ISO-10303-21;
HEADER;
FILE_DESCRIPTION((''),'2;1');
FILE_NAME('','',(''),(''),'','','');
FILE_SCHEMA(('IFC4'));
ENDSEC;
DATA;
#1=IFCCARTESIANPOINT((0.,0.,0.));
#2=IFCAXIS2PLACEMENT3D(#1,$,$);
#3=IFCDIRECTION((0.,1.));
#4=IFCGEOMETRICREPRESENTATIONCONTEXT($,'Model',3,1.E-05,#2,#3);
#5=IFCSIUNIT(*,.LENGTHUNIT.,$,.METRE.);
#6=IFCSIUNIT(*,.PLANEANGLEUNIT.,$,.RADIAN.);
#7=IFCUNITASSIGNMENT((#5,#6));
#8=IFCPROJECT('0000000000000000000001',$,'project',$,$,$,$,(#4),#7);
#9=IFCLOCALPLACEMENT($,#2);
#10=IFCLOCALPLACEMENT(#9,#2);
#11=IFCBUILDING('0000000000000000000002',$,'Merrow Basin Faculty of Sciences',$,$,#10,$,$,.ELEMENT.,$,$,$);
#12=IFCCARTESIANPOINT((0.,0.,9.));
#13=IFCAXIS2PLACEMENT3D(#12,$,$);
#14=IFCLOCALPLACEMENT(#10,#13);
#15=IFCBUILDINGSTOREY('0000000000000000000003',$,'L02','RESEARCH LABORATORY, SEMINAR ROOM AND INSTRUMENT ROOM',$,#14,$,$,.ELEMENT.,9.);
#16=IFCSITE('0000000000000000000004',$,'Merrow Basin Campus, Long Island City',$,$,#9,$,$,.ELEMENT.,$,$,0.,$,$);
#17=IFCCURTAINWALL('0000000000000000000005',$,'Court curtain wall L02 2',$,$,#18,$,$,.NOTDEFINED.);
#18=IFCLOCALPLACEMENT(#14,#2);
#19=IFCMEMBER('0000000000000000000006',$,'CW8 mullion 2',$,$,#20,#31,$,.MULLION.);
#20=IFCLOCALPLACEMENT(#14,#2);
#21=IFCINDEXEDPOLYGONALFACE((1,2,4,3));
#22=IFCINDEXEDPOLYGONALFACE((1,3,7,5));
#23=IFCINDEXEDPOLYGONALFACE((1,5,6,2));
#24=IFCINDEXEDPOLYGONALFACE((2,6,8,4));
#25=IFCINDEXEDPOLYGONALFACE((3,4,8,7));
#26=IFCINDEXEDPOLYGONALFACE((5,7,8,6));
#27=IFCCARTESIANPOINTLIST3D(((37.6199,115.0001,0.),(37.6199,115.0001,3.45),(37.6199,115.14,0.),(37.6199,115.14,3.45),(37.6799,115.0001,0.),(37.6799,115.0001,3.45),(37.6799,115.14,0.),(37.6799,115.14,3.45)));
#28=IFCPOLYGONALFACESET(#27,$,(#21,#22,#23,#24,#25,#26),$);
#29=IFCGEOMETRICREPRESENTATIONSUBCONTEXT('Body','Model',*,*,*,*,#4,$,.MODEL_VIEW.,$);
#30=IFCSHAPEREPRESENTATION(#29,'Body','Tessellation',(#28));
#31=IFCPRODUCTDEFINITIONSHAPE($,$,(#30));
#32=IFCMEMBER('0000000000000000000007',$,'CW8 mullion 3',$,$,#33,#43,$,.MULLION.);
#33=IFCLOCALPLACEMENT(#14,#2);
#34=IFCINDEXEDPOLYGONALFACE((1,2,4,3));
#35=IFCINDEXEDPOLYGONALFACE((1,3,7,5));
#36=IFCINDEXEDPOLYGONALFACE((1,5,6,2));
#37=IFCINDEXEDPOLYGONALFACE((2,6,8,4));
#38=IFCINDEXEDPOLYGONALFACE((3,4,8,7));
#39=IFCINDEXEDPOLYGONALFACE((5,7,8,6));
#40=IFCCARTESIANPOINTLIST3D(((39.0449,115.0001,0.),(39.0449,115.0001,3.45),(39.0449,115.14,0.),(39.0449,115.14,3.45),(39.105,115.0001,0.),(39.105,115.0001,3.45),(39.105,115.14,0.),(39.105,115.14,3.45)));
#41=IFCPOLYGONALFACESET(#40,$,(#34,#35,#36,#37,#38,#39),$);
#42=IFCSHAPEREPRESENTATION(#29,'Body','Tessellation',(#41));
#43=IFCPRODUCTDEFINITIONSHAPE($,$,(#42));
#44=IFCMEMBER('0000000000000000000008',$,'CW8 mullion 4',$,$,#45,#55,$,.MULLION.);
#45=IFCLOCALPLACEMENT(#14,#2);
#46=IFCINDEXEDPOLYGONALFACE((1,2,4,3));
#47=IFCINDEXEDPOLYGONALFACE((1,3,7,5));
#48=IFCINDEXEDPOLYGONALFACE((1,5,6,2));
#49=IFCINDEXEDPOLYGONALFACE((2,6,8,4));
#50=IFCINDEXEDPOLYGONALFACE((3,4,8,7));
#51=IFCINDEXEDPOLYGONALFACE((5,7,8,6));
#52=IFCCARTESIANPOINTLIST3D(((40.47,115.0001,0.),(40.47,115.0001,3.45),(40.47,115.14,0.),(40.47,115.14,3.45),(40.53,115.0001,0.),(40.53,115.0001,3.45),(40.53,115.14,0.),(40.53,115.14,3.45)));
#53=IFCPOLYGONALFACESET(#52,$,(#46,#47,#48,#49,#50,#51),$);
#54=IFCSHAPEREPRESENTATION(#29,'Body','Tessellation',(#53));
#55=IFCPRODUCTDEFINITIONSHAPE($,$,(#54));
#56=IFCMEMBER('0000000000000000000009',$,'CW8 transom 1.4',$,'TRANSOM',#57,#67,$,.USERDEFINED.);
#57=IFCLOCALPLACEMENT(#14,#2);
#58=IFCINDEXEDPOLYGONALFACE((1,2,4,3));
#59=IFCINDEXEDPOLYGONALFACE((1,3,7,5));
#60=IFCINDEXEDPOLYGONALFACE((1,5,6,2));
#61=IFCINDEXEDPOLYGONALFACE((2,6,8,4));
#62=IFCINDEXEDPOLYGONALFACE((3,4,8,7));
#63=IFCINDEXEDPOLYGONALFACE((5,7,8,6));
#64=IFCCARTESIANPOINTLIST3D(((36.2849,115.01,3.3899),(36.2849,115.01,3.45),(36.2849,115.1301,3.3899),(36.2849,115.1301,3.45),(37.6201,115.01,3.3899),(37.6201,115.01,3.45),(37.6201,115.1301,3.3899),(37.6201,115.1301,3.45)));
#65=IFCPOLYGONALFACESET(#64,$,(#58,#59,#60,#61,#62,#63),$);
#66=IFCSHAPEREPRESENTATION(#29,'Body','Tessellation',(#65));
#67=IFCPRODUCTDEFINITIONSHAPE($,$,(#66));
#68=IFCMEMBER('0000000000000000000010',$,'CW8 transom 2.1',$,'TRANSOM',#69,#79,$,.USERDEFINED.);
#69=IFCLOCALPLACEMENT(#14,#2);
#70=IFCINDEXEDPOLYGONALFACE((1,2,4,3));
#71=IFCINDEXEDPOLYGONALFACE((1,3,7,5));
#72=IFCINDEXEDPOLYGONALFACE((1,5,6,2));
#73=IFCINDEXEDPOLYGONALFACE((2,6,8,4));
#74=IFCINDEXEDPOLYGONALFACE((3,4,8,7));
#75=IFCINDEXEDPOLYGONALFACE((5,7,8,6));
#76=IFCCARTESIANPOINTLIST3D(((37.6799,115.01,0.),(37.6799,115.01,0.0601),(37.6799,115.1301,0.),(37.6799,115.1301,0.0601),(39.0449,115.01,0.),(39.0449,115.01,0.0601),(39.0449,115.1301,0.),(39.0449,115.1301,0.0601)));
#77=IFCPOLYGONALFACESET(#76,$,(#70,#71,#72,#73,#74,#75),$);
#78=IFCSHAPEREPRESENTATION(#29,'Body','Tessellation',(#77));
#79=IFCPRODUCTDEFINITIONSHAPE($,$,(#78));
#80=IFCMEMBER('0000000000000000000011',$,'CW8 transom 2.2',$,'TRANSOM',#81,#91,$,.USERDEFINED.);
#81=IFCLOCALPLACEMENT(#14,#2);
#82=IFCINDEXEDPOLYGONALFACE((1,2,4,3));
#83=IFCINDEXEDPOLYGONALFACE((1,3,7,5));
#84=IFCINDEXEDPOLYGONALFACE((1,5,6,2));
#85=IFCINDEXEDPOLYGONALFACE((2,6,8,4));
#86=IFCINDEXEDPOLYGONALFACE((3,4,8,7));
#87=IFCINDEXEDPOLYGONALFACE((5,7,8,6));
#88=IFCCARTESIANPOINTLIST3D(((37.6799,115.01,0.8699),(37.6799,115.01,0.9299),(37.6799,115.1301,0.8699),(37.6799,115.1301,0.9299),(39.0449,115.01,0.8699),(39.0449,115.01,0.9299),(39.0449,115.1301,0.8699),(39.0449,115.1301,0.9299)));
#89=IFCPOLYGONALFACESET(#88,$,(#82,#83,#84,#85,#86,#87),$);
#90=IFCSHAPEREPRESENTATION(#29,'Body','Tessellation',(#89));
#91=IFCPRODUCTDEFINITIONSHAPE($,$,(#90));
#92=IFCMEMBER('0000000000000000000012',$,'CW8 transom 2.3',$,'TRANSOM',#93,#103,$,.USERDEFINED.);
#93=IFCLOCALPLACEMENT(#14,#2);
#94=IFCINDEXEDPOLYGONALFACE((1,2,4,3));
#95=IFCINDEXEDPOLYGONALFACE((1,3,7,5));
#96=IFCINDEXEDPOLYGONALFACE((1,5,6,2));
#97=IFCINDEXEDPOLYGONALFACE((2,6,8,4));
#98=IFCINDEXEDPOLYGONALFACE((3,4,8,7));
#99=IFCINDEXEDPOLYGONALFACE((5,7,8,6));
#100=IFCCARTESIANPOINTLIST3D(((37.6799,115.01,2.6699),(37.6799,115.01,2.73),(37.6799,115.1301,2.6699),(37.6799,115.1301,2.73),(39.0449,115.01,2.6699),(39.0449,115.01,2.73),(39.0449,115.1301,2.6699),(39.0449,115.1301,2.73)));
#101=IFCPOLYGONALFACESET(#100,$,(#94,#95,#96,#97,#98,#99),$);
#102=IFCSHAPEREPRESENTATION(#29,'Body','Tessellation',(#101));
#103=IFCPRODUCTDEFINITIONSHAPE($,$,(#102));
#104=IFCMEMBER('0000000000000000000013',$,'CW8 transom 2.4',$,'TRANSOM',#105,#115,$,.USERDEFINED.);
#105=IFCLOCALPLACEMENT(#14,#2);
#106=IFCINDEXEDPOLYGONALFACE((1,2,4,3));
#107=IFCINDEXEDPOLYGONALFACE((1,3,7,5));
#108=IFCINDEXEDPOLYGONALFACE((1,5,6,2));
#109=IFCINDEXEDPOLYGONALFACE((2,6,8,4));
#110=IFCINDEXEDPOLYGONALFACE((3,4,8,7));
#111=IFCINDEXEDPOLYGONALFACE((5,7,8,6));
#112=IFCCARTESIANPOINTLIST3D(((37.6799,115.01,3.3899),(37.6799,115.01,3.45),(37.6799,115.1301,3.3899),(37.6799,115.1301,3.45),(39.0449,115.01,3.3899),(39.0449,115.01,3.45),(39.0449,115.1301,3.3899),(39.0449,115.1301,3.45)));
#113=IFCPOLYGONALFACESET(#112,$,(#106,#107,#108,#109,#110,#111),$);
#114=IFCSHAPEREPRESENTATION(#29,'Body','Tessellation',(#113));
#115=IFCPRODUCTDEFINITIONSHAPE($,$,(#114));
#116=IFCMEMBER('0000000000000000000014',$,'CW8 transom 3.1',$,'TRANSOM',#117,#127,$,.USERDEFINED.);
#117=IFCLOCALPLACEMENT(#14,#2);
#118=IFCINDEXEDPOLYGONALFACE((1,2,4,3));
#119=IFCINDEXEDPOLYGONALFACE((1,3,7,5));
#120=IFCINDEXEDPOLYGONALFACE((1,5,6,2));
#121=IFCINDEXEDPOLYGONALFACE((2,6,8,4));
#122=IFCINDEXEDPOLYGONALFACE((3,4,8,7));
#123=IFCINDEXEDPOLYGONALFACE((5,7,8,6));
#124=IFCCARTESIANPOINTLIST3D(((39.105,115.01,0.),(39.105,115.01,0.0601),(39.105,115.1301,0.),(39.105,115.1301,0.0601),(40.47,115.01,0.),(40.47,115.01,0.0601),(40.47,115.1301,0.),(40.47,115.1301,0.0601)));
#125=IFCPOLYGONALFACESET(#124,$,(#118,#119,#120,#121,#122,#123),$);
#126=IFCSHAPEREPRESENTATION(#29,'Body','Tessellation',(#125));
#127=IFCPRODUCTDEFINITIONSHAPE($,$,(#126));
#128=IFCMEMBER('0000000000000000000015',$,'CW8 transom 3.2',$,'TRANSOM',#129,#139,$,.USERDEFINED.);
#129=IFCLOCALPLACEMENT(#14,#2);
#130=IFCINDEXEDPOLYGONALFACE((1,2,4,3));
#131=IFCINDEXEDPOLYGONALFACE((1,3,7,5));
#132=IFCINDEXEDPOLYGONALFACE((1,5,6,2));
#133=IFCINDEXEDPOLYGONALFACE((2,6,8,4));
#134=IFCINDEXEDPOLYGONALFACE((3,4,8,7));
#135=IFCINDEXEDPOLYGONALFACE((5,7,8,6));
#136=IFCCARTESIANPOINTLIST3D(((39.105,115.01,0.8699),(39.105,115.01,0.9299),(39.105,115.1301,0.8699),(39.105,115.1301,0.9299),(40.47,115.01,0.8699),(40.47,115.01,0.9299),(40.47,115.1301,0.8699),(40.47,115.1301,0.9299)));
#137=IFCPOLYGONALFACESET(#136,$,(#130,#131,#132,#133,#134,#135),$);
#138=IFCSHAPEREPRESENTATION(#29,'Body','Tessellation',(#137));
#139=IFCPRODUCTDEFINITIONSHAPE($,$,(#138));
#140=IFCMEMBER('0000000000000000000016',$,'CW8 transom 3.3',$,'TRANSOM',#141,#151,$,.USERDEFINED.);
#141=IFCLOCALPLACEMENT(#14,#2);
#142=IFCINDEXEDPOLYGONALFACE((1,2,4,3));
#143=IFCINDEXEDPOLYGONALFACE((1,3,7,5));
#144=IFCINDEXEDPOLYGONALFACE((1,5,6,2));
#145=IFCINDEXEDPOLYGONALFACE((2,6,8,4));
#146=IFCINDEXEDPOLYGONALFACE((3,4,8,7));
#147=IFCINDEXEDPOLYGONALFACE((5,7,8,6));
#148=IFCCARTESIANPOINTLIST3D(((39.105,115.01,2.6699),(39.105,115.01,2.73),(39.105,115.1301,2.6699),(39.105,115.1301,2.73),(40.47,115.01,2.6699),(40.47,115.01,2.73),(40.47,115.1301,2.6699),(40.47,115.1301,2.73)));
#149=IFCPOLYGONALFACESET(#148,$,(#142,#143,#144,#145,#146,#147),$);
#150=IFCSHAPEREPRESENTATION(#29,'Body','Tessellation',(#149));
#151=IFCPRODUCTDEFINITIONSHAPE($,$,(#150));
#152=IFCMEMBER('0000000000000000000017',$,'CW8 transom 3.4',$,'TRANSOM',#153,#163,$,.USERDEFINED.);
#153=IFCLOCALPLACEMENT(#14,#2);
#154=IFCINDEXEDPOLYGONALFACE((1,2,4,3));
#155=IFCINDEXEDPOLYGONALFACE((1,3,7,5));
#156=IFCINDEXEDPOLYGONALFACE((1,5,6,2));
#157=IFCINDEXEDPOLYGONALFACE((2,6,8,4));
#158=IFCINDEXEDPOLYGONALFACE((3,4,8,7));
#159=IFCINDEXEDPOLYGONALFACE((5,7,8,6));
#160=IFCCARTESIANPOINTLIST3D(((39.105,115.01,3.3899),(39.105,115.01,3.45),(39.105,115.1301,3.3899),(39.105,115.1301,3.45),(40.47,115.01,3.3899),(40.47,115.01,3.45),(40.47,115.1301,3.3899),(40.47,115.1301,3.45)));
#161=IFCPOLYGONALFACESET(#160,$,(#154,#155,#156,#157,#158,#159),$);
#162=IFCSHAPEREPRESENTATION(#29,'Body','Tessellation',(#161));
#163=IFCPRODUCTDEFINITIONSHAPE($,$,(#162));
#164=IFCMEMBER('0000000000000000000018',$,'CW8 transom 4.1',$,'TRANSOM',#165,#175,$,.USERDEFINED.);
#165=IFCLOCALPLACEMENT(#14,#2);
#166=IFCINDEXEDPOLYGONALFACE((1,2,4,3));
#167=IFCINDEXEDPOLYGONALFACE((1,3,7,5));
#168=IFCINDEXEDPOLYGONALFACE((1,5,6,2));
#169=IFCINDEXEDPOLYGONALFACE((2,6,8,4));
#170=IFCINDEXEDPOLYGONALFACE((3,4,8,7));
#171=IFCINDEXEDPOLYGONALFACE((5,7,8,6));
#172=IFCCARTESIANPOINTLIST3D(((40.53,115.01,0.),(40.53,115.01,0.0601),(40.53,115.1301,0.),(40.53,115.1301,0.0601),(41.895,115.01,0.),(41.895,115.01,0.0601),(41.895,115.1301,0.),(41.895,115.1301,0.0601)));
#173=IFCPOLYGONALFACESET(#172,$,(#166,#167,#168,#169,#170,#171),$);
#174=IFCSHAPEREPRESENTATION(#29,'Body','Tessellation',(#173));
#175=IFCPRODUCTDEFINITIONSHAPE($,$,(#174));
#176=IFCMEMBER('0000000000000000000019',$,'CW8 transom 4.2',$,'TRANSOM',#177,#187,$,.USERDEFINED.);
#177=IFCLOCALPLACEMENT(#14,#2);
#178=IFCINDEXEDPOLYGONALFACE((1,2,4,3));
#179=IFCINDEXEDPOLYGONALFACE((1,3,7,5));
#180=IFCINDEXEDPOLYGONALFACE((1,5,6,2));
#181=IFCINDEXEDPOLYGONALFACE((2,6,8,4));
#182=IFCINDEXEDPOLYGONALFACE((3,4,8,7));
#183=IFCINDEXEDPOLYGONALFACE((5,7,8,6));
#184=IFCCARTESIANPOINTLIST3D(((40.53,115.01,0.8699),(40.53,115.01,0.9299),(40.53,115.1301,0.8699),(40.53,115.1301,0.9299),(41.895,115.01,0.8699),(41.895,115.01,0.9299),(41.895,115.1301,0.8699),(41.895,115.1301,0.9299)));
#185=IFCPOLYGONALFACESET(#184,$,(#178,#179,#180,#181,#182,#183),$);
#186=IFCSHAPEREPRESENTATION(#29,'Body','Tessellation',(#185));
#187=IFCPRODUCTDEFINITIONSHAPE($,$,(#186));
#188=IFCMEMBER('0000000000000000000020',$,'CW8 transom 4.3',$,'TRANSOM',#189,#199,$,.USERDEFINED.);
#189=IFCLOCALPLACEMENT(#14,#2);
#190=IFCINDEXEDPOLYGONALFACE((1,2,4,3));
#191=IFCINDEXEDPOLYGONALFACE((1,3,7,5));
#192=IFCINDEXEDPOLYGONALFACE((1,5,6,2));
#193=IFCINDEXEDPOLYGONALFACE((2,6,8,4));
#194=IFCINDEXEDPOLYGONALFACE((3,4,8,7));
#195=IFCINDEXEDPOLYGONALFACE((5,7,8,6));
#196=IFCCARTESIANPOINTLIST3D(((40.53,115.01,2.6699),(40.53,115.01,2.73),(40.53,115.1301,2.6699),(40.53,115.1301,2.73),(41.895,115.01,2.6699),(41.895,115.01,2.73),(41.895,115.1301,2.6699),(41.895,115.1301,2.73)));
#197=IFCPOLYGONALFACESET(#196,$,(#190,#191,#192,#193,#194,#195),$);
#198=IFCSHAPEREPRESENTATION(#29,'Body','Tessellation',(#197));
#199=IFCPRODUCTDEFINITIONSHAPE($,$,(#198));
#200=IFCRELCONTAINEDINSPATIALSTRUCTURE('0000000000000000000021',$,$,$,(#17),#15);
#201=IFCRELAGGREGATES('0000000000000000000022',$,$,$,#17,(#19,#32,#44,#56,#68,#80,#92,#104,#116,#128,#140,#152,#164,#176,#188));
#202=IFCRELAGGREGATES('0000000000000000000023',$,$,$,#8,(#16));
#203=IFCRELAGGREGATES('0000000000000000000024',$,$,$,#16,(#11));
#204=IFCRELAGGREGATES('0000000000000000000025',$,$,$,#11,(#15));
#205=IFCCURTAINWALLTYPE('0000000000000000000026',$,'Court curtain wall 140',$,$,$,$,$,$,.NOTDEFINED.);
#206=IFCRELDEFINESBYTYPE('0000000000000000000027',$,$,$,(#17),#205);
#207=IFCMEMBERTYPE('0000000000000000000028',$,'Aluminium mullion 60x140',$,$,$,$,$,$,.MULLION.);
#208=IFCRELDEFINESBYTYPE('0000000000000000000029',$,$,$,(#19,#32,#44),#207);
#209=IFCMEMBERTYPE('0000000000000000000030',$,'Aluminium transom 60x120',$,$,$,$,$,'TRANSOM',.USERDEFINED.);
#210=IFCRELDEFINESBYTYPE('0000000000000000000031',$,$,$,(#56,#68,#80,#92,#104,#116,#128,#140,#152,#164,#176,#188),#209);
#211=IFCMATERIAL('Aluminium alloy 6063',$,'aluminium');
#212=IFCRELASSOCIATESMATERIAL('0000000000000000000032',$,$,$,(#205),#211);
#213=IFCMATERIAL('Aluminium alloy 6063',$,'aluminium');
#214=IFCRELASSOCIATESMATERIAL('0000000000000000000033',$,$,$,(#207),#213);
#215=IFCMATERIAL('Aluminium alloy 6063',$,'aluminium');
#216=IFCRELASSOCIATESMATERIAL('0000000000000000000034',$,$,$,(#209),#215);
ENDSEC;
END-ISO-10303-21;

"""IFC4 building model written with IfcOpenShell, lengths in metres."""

from ifc_helpers import new_model, si_unit, direction, frame, origin, origin_2d, place, context, subcontext, project, spatial, rectangle, extrude, material, material_profile, profile_set, type_object, element, aggregate, save


model = new_model("IFC4")

# Units and contexts
model_context = context("Model", 3, precision=1e-05, world=origin(), true_north=direction((0.0, 1.0)))
body_context = subcontext(model_context, "Body", "Model", "MODEL_VIEW")
ifc_project = project(units=[si_unit("LENGTHUNIT", "METRE"), si_unit("PLANEANGLEUNIT", "RADIAN")], contexts=[model_context])

# Site, building, storey
site_placement = place(None, origin())
site = spatial("IfcSite", under=ifc_project, at=site_placement, Name="Merrow Basin Campus, Long Island City", CompositionType="ELEMENT", RefElevation=0.0)
building_placement = place(site_placement, origin())
building = spatial("IfcBuilding", under=site, at=building_placement, Name="Merrow Basin Faculty of Sciences", CompositionType="ELEMENT")
storey_placement = place(building_placement, frame((0.0, 0.0, 9.0)))
storey = spatial("IfcBuildingStorey", under=building, at=storey_placement, Name="L02", Description="RESEARCH LABORATORY, SEMINAR ROOM AND INSTRUMENT ROOM", CompositionType="ELEMENT", Elevation=9.0)

# Curtain wall, members
ifc_material_1 = material(Name="Aluminium alloy 6063", Category="aluminium")
curtain_wall_type = type_object("IfcCurtainWallType", Name="Court curtain wall 140", PredefinedType="NOTDEFINED", material=ifc_material_1)
curtain_wall_placement = place(storey_placement, origin())
curtain_wall = element("IfcCurtainWall", 1, at=curtain_wall_placement, inside=storey, type_object=curtain_wall_type, Name="Court curtain wall L02 2", PredefinedType="NOTDEFINED")
ifc_material_2 = material(Name="Aluminium alloy 6063", Category="aluminium")
ifc_material_profile_1 = material_profile(ifc_material_2, rectangle(XDim=0.1399, YDim=0.0601, at=origin_2d()))
ifc_profile_set_1 = profile_set([ifc_material_profile_1], Name="Aluminium alloy 6063")
member_type_1 = type_object("IfcMemberType", Name="Aluminium mullion 60x140", PredefinedType="MULLION", material=ifc_profile_set_1)
member_1_placement = place(storey_placement, frame((37.6499, 115.0701, 0.0), z_axis=(0.0, 0.0, 1.0), x_axis=(0.0, 1.0, 0.0)))
member_1 = element("IfcMember", 2, at=member_1_placement, type_object=member_type_1, Name="CW8 mullion 2", PredefinedType="MULLION", context=body_context, shape_type="SweptSolid", body=[
    extrude(rectangle(XDim=0.1399, YDim=0.0601, at=origin_2d()), origin(), (0.0, 0.0, 1.0), 3.45),
])
member_2_placement = place(storey_placement, frame((39.075, 115.0701, 0.0), z_axis=(0.0, 0.0, 1.0), x_axis=(0.0, 1.0, 0.0)))
member_2 = element("IfcMember", 3, at=member_2_placement, type_object=member_type_1, Name="CW8 mullion 3", PredefinedType="MULLION", context=body_context, shape_type="SweptSolid", body=[
    extrude(rectangle(XDim=0.1399, YDim=0.0601, at=origin_2d()), origin(), (0.0, 0.0, 1.0), 3.45),
])
member_3_placement = place(storey_placement, frame((40.5, 115.0701, 0.0), z_axis=(0.0, 0.0, 1.0), x_axis=(0.0, 1.0, 0.0)))
member_3 = element("IfcMember", 4, at=member_3_placement, type_object=member_type_1, Name="CW8 mullion 4", PredefinedType="MULLION", context=body_context, shape_type="SweptSolid", body=[
    extrude(rectangle(XDim=0.1399, YDim=0.0601, at=origin_2d()), origin(), (0.0, 0.0, 1.0), 3.45),
])
ifc_material_3 = material(Name="Aluminium alloy 6063", Category="aluminium")
ifc_material_profile_2 = material_profile(ifc_material_3, rectangle(XDim=0.1201, YDim=0.0601, at=origin_2d()))
ifc_profile_set_2 = profile_set([ifc_material_profile_2], Name="Aluminium alloy 6063")
member_type_2 = type_object("IfcMemberType", Name="Aluminium transom 60x120", ElementType="TRANSOM", PredefinedType="USERDEFINED", material=ifc_profile_set_2)
member_4_placement = place(storey_placement, frame((36.2849, 115.0701, 3.4199), z_axis=(1.0, 0.0, 0.0), x_axis=(0.0, 1.0, 0.0)))
member_4 = element("IfcMember", 5, at=member_4_placement, type_object=member_type_2, Name="CW8 transom 1.4", ObjectType="TRANSOM", PredefinedType="USERDEFINED", context=body_context, shape_type="SweptSolid", body=[
    extrude(rectangle(XDim=0.1201, YDim=0.0601, at=origin_2d()), origin(), (0.0, 0.0, 1.0), 1.3352),
])
member_5_placement = place(storey_placement, frame((37.6799, 115.0701, 0.03), z_axis=(1.0, 0.0, 0.0), x_axis=(0.0, 1.0, 0.0)))
member_5 = element("IfcMember", 6, at=member_5_placement, type_object=member_type_2, Name="CW8 transom 2.1", ObjectType="TRANSOM", PredefinedType="USERDEFINED", context=body_context, shape_type="SweptSolid", body=[
    extrude(rectangle(XDim=0.1201, YDim=0.0601, at=origin_2d()), origin(), (0.0, 0.0, 1.0), 1.365),
])
member_6_placement = place(storey_placement, frame((37.6799, 115.0701, 0.8999), z_axis=(1.0, 0.0, 0.0), x_axis=(0.0, 1.0, 0.0)))
member_6 = element("IfcMember", 7, at=member_6_placement, type_object=member_type_2, Name="CW8 transom 2.2", ObjectType="TRANSOM", PredefinedType="USERDEFINED", context=body_context, shape_type="SweptSolid", body=[
    extrude(rectangle(XDim=0.1201, YDim=0.0601, at=origin_2d()), origin(), (0.0, 0.0, 1.0), 1.365),
])
member_7_placement = place(storey_placement, frame((37.6799, 115.0701, 2.7), z_axis=(1.0, 0.0, 0.0), x_axis=(0.0, 1.0, 0.0)))
member_7 = element("IfcMember", 8, at=member_7_placement, type_object=member_type_2, Name="CW8 transom 2.3", ObjectType="TRANSOM", PredefinedType="USERDEFINED", context=body_context, shape_type="SweptSolid", body=[
    extrude(rectangle(XDim=0.1201, YDim=0.0601, at=origin_2d()), origin(), (0.0, 0.0, 1.0), 1.365),
])
member_8_placement = place(storey_placement, frame((37.6799, 115.0701, 3.4199), z_axis=(1.0, 0.0, 0.0), x_axis=(0.0, 1.0, 0.0)))
member_8 = element("IfcMember", 9, at=member_8_placement, type_object=member_type_2, Name="CW8 transom 2.4", ObjectType="TRANSOM", PredefinedType="USERDEFINED", context=body_context, shape_type="SweptSolid", body=[
    extrude(rectangle(XDim=0.1201, YDim=0.0601, at=origin_2d()), origin(), (0.0, 0.0, 1.0), 1.365),
])
member_9_placement = place(storey_placement, frame((39.105, 115.0701, 0.03), z_axis=(1.0, 0.0, 0.0), x_axis=(0.0, 1.0, 0.0)))
member_9 = element("IfcMember", 10, at=member_9_placement, type_object=member_type_2, Name="CW8 transom 3.1", ObjectType="TRANSOM", PredefinedType="USERDEFINED", context=body_context, shape_type="SweptSolid", body=[
    extrude(rectangle(XDim=0.1201, YDim=0.0601, at=origin_2d()), origin(), (0.0, 0.0, 1.0), 1.365),
])
member_10_placement = place(storey_placement, frame((39.105, 115.0701, 0.8999), z_axis=(1.0, 0.0, 0.0), x_axis=(0.0, 1.0, 0.0)))
member_10 = element("IfcMember", 11, at=member_10_placement, type_object=member_type_2, Name="CW8 transom 3.2", ObjectType="TRANSOM", PredefinedType="USERDEFINED", context=body_context, shape_type="SweptSolid", body=[
    extrude(rectangle(XDim=0.1201, YDim=0.0601, at=origin_2d()), origin(), (0.0, 0.0, 1.0), 1.365),
])
member_11_placement = place(storey_placement, frame((39.105, 115.0701, 2.7), z_axis=(1.0, 0.0, 0.0), x_axis=(0.0, 1.0, 0.0)))
member_11 = element("IfcMember", 12, at=member_11_placement, type_object=member_type_2, Name="CW8 transom 3.3", ObjectType="TRANSOM", PredefinedType="USERDEFINED", context=body_context, shape_type="SweptSolid", body=[
    extrude(rectangle(XDim=0.1201, YDim=0.0601, at=origin_2d()), origin(), (0.0, 0.0, 1.0), 1.365),
])
member_12_placement = place(storey_placement, frame((39.105, 115.0701, 3.4199), z_axis=(1.0, 0.0, 0.0), x_axis=(0.0, 1.0, 0.0)))
member_12 = element("IfcMember", 13, at=member_12_placement, type_object=member_type_2, Name="CW8 transom 3.4", ObjectType="TRANSOM", PredefinedType="USERDEFINED", context=body_context, shape_type="SweptSolid", body=[
    extrude(rectangle(XDim=0.1201, YDim=0.0601, at=origin_2d()), origin(), (0.0, 0.0, 1.0), 1.365),
])
member_13_placement = place(storey_placement, frame((40.53, 115.0701, 0.03), z_axis=(1.0, 0.0, 0.0), x_axis=(0.0, 1.0, 0.0)))
member_13 = element("IfcMember", 14, at=member_13_placement, type_object=member_type_2, Name="CW8 transom 4.1", ObjectType="TRANSOM", PredefinedType="USERDEFINED", context=body_context, shape_type="SweptSolid", body=[
    extrude(rectangle(XDim=0.1201, YDim=0.0601, at=origin_2d()), origin(), (0.0, 0.0, 1.0), 1.365),
])
member_14_placement = place(storey_placement, frame((40.53, 115.0701, 0.8999), z_axis=(1.0, 0.0, 0.0), x_axis=(0.0, 1.0, 0.0)))
member_14 = element("IfcMember", 15, at=member_14_placement, type_object=member_type_2, Name="CW8 transom 4.2", ObjectType="TRANSOM", PredefinedType="USERDEFINED", context=body_context, shape_type="SweptSolid", body=[
    extrude(rectangle(XDim=0.1201, YDim=0.0601, at=origin_2d()), origin(), (0.0, 0.0, 1.0), 1.365),
])
member_15_placement = place(storey_placement, frame((40.53, 115.0701, 2.7), z_axis=(1.0, 0.0, 0.0), x_axis=(0.0, 1.0, 0.0)))
member_15 = element("IfcMember", 16, at=member_15_placement, type_object=member_type_2, Name="CW8 transom 4.3", ObjectType="TRANSOM", PredefinedType="USERDEFINED", context=body_context, shape_type="SweptSolid", body=[
    extrude(rectangle(XDim=0.1201, YDim=0.0601, at=origin_2d()), origin(), (0.0, 0.0, 1.0), 1.365),
])
aggregate(curtain_wall, [member_1, member_2, member_3, member_4, member_5, member_6, member_7, member_8, member_9, member_10, member_11, member_12, member_13, member_14, member_15])

save(model, "model.ifc")
